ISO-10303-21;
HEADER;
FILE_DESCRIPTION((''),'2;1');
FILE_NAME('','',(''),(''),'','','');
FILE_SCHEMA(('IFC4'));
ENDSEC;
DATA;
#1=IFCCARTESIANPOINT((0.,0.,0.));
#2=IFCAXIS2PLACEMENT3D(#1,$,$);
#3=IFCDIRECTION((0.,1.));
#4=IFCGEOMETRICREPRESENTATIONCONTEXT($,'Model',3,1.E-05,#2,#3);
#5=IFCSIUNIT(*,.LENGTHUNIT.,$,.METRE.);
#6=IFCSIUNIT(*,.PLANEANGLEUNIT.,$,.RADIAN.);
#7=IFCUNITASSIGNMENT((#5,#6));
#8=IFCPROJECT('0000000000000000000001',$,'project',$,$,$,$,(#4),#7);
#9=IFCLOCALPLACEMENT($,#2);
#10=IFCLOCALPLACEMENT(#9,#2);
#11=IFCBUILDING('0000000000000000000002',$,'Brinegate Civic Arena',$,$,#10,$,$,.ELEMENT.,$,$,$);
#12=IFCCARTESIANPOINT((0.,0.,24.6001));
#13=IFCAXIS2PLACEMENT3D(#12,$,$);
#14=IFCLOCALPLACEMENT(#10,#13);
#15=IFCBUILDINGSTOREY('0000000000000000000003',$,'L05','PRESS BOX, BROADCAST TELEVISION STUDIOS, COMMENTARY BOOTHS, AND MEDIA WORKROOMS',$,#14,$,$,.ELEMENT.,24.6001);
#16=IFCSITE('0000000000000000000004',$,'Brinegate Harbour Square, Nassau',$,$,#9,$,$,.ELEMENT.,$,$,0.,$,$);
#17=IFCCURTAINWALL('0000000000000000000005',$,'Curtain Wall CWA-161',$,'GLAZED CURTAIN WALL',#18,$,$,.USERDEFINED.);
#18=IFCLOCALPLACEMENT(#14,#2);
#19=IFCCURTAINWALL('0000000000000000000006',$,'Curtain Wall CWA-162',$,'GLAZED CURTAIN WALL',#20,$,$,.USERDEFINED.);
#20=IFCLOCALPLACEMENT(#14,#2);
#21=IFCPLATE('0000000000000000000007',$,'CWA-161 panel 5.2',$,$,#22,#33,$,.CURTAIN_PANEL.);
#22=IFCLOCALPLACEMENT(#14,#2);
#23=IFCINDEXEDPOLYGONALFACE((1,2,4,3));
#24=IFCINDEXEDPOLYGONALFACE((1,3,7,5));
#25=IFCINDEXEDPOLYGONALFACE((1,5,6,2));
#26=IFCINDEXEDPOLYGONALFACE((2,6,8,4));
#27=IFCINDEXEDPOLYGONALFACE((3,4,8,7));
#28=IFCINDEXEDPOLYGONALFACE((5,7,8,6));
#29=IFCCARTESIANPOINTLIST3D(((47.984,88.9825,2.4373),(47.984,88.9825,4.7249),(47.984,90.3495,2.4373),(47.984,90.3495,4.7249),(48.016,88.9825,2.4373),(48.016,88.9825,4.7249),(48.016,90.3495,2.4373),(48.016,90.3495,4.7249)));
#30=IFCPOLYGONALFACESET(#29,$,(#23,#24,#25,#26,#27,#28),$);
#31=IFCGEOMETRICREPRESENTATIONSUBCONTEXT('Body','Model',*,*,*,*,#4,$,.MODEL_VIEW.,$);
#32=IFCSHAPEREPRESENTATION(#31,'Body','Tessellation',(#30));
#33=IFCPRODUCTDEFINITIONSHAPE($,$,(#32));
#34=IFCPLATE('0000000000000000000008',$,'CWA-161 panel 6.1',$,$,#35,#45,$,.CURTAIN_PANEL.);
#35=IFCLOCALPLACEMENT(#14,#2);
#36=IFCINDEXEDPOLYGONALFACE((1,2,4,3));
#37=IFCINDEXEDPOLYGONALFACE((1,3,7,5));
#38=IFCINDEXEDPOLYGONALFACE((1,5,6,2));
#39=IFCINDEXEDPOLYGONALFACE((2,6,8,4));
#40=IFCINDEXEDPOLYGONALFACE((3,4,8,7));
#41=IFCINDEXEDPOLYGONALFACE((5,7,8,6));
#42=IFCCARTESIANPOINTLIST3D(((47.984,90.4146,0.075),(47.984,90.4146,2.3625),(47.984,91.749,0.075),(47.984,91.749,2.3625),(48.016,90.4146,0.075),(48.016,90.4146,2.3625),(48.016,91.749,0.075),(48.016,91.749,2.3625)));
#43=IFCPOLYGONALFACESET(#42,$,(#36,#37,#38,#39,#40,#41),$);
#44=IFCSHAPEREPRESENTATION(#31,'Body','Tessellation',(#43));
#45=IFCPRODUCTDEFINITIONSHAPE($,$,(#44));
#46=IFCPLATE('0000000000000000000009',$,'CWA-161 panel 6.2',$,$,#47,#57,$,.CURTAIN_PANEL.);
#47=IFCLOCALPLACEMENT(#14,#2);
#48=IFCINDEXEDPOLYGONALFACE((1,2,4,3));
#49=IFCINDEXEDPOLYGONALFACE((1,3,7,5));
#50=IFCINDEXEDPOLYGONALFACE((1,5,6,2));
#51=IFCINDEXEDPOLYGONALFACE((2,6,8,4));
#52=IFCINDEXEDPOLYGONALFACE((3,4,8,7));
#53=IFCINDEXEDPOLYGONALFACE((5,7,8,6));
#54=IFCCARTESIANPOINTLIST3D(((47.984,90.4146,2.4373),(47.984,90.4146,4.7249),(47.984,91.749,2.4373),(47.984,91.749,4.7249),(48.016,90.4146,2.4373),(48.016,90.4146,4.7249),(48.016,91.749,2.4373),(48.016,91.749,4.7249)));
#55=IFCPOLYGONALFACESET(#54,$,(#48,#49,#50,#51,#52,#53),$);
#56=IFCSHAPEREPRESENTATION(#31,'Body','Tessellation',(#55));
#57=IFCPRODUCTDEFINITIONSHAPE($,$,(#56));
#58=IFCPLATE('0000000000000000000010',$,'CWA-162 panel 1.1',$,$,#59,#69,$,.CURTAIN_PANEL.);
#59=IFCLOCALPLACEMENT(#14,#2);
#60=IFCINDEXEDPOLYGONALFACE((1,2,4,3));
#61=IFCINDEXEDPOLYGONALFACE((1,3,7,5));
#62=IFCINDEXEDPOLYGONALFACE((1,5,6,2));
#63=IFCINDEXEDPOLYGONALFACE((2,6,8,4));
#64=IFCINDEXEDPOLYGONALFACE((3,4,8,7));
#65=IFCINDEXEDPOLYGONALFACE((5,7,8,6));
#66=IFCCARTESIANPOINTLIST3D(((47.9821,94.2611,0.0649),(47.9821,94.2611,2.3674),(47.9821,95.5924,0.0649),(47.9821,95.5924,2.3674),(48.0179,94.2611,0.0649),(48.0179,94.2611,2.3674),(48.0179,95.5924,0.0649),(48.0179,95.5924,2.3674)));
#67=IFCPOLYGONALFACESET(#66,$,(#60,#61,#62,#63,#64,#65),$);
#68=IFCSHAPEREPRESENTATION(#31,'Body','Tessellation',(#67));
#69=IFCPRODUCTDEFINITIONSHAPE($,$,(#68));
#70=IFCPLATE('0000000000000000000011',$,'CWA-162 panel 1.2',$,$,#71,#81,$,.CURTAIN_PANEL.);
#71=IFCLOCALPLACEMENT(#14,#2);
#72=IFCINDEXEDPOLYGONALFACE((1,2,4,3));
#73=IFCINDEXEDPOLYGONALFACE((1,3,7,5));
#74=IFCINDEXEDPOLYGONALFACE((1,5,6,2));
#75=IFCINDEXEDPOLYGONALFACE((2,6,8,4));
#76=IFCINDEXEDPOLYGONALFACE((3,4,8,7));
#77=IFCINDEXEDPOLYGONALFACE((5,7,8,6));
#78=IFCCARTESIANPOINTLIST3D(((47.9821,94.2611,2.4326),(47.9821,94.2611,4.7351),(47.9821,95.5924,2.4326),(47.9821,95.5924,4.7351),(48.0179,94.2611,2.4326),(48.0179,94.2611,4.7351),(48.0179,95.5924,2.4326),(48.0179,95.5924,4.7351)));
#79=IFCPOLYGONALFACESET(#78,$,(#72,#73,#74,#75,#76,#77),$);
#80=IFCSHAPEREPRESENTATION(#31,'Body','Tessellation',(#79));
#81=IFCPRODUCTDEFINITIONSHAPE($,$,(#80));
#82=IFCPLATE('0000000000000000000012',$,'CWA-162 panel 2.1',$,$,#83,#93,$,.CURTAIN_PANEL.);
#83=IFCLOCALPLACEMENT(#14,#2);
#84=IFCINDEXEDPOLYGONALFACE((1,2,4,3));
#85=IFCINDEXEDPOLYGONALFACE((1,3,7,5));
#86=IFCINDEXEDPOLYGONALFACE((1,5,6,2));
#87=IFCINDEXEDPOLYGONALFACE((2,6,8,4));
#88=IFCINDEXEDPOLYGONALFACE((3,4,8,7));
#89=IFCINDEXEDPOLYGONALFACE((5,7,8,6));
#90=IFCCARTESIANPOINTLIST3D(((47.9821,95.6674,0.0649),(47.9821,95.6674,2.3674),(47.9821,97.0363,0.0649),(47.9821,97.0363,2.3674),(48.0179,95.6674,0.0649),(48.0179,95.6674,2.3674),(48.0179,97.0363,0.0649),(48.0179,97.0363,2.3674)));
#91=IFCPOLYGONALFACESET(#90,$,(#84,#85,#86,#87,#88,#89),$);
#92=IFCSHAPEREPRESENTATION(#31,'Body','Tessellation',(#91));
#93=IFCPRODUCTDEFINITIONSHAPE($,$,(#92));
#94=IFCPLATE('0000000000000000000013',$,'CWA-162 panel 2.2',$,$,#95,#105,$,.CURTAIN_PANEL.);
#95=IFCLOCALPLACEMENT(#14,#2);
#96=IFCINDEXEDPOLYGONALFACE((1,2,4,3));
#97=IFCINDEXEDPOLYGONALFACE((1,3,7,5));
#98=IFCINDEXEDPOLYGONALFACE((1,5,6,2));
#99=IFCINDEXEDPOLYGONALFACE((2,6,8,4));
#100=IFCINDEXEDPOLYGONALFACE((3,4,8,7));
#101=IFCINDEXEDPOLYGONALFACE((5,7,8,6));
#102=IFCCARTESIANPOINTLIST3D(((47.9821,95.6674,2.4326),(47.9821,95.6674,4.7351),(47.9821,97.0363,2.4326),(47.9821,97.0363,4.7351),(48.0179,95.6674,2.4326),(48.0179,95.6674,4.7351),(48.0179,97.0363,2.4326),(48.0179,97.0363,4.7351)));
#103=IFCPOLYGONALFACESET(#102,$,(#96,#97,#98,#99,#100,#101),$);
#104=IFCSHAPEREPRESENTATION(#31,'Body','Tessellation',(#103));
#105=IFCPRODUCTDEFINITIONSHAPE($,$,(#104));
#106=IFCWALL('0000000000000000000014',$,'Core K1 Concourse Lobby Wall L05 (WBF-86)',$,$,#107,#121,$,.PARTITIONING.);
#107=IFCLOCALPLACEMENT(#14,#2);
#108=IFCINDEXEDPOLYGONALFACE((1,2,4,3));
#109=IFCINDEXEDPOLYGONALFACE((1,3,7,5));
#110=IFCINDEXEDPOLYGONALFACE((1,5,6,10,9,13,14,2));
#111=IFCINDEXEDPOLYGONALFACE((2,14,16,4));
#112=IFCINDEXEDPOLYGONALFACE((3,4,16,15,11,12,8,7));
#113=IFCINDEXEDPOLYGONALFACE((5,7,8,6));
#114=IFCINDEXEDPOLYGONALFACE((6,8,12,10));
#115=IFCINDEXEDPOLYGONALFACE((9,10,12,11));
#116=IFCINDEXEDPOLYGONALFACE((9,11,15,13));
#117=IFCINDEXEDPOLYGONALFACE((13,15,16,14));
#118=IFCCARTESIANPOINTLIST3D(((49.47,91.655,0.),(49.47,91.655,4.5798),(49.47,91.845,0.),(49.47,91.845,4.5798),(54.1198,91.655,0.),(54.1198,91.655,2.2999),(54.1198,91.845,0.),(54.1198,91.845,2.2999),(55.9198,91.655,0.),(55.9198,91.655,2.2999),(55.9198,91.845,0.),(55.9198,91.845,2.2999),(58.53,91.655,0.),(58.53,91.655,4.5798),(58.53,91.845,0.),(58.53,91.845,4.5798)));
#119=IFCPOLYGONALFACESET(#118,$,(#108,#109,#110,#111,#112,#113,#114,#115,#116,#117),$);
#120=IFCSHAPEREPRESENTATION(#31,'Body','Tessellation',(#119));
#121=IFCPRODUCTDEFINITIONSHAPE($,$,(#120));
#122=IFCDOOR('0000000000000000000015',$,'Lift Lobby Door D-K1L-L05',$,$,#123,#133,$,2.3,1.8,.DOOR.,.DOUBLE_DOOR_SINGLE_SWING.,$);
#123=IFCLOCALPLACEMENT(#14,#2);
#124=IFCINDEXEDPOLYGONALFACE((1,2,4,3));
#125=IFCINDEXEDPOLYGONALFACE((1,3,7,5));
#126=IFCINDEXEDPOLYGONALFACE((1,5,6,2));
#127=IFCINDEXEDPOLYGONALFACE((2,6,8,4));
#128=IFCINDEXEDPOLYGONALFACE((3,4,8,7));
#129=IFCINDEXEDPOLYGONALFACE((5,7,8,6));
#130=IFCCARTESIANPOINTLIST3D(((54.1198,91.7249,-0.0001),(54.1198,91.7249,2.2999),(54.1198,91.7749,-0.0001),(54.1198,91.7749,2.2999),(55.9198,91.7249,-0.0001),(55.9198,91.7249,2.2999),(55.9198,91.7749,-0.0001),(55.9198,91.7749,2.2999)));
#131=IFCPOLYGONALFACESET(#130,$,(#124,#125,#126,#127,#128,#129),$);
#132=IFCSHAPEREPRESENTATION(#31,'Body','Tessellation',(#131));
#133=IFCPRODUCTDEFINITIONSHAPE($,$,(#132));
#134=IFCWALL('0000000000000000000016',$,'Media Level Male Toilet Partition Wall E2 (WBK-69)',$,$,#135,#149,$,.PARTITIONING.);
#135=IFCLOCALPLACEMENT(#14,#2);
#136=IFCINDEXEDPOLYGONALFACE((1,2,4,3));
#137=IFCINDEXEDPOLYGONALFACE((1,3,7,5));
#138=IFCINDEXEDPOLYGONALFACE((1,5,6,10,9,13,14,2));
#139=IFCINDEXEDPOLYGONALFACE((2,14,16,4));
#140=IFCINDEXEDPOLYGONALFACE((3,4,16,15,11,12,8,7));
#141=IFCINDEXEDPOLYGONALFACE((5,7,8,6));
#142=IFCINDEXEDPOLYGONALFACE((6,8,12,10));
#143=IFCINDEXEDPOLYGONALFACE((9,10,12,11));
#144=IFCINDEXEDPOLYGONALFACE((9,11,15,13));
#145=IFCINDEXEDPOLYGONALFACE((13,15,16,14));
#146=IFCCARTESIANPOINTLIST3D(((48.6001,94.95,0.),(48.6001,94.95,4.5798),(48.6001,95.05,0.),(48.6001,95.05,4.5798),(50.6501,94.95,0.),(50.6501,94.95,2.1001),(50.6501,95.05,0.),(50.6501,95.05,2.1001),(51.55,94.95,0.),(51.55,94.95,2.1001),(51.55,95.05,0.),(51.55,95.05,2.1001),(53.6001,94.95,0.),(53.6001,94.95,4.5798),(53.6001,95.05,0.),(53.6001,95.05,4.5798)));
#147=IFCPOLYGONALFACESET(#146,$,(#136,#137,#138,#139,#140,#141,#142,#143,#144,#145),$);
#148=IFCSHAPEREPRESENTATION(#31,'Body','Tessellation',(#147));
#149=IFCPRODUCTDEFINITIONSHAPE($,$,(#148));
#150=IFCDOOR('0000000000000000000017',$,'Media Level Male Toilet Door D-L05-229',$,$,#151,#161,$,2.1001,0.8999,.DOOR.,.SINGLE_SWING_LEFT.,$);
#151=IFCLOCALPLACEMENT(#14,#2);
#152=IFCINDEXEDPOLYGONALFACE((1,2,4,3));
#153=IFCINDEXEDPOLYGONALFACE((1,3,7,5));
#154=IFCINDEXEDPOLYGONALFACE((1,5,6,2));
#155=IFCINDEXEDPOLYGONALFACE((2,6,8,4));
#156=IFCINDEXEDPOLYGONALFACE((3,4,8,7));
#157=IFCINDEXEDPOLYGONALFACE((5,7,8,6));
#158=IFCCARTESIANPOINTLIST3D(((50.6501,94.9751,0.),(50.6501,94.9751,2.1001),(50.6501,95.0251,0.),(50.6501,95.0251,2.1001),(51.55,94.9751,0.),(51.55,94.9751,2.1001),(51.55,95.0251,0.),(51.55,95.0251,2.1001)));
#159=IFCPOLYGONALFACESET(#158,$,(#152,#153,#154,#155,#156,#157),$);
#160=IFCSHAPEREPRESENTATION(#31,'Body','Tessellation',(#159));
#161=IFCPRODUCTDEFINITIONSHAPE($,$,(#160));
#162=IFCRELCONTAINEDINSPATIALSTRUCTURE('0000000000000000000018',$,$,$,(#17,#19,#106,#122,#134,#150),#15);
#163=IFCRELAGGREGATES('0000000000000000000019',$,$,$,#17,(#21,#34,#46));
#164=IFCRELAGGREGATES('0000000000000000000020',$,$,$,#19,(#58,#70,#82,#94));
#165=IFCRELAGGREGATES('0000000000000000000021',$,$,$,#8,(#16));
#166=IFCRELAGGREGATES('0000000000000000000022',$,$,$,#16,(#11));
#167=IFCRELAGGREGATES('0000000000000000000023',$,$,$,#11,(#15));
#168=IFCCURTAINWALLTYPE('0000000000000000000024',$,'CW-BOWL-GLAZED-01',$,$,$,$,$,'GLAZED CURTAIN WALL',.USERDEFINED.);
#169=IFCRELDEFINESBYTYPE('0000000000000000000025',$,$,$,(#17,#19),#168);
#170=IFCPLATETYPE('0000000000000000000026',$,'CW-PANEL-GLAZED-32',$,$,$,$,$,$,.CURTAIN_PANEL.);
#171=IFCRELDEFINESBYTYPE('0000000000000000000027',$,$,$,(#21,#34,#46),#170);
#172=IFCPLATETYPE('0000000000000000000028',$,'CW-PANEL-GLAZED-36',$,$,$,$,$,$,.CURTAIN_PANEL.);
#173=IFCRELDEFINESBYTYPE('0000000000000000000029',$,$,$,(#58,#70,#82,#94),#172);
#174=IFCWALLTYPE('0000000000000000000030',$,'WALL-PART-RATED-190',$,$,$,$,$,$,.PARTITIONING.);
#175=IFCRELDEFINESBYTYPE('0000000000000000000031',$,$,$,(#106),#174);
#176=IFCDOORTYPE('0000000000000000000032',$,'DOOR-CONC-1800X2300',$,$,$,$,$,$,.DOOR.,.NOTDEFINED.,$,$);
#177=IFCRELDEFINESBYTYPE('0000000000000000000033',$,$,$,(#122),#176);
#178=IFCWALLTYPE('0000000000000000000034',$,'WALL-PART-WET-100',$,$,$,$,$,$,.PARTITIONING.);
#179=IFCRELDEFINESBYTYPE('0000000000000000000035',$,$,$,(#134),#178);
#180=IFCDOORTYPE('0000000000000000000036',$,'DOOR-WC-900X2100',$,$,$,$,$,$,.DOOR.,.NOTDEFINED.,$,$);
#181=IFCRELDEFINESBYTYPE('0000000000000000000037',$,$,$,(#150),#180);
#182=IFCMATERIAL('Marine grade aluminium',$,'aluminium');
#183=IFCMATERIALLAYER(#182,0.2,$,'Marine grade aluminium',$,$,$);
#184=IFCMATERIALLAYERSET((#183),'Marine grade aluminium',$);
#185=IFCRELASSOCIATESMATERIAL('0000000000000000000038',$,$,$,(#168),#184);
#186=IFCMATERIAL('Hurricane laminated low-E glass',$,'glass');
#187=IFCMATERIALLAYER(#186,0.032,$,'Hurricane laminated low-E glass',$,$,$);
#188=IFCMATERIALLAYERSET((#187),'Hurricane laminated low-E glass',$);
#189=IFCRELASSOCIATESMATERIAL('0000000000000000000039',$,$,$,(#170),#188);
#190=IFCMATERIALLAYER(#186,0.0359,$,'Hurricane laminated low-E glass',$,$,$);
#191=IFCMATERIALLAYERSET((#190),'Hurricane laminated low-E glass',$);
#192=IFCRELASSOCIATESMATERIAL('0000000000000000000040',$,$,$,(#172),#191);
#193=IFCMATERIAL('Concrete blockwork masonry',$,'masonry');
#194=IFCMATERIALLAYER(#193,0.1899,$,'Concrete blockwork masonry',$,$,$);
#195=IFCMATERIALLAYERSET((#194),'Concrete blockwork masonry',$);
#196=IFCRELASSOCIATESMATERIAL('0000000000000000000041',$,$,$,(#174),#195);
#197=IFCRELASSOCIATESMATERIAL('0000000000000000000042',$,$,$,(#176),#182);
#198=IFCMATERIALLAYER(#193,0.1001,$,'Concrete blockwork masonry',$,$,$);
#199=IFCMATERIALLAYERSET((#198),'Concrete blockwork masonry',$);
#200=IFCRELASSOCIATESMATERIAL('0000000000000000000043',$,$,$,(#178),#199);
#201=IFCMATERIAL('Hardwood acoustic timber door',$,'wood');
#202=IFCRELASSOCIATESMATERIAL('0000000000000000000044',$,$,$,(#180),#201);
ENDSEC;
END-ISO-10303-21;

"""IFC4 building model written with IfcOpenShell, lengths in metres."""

from ifc_helpers import new_model, si_unit, direction, frame, frame_2d, origin, origin_2d, place, context, subcontext, project, spatial, rectangle, extrude, material, layer, layer_set, type_object, element, fill, aggregate, save


model = new_model("IFC4")

# Units and contexts
model_context = context("Model", 3, precision=1e-05, world=origin(), true_north=direction((0.0, 1.0)))
body_context = subcontext(model_context, "Body", "Model", "MODEL_VIEW")
ifc_project = project(units=[si_unit("LENGTHUNIT", "METRE"), si_unit("PLANEANGLEUNIT", "RADIAN")], contexts=[model_context])

# Site, building, storey
site_placement = place(None, origin())
site = spatial("IfcSite", under=ifc_project, at=site_placement, Name="Brinegate Harbour Square, Nassau", CompositionType="ELEMENT", RefElevation=0.0)
building_placement = place(site_placement, origin())
building = spatial("IfcBuilding", under=site, at=building_placement, Name="Brinegate Civic Arena", CompositionType="ELEMENT")
storey_placement = place(building_placement, frame((0.0, 0.0, 24.6001)))
storey = spatial("IfcBuildingStorey", under=building, at=storey_placement, Name="L05", Description="PRESS BOX, BROADCAST TELEVISION STUDIOS, COMMENTARY BOOTHS, AND MEDIA WORKROOMS", CompositionType="ELEMENT", Elevation=24.6001)

# Curtain walls
ifc_material_1 = material(Name="Marine grade aluminium", Category="aluminium")
ifc_layer_1 = layer(ifc_material_1, 0.2, Name="Marine grade aluminium")
ifc_layer_set_1 = layer_set([ifc_layer_1], Name="Marine grade aluminium")
curtain_wall_type = type_object("IfcCurtainWallType", Name="CW-BOWL-GLAZED-01", ElementType="GLAZED CURTAIN WALL", PredefinedType="USERDEFINED", material=ifc_layer_set_1)
curtain_wall_1_placement = place(storey_placement, origin())
curtain_wall_1 = element("IfcCurtainWall", 1, at=curtain_wall_1_placement, inside=storey, type_object=curtain_wall_type, Name="Curtain Wall CWA-161", ObjectType="GLAZED CURTAIN WALL", PredefinedType="USERDEFINED")
curtain_wall_2_placement = place(storey_placement, origin())
curtain_wall_2 = element("IfcCurtainWall", 2, at=curtain_wall_2_placement, inside=storey, type_object=curtain_wall_type, Name="Curtain Wall CWA-162", ObjectType="GLAZED CURTAIN WALL", PredefinedType="USERDEFINED")

# Plates
ifc_material_2 = material(Name="Hurricane laminated low-E glass", Category="glass")
ifc_layer_2 = layer(ifc_material_2, 0.032, Name="Hurricane laminated low-E glass")
ifc_layer_set_2 = layer_set([ifc_layer_2], Name="Hurricane laminated low-E glass")
plate_type_1 = type_object("IfcPlateType", Name="CW-PANEL-GLAZED-32", PredefinedType="CURTAIN_PANEL", material=ifc_layer_set_2)
plate_1_placement = place(storey_placement, frame((48.0, 89.666, 2.4373), z_axis=(0.0, 0.0, 1.0), x_axis=(0.0, 1.0, 0.0)))
plate_1 = element("IfcPlate", 3, at=plate_1_placement, type_object=plate_type_1, Name="CWA-161 panel 5.2", PredefinedType="CURTAIN_PANEL", context=body_context, shape_type="SweptSolid", body=[
    extrude(rectangle(XDim=1.3669, YDim=0.032, at=origin_2d()), origin(), (0.0, 0.0, 1.0), 2.2876),
])
plate_2_placement = place(storey_placement, frame((48.0, 91.0818, 0.075), z_axis=(0.0, 0.0, 1.0), x_axis=(0.0, 1.0, 0.0)))
plate_2 = element("IfcPlate", 4, at=plate_2_placement, type_object=plate_type_1, Name="CWA-161 panel 6.1", PredefinedType="CURTAIN_PANEL", context=body_context, shape_type="SweptSolid", body=[
    extrude(rectangle(XDim=1.3345, YDim=0.032, at=origin_2d()), origin(), (0.0, 0.0, 1.0), 2.2876),
])
plate_3_placement = place(storey_placement, frame((48.0, 91.0818, 2.4373), z_axis=(0.0, 0.0, 1.0), x_axis=(0.0, 1.0, 0.0)))
plate_3 = element("IfcPlate", 5, at=plate_3_placement, type_object=plate_type_1, Name="CWA-161 panel 6.2", PredefinedType="CURTAIN_PANEL", context=body_context, shape_type="SweptSolid", body=[
    extrude(rectangle(XDim=1.3345, YDim=0.032, at=origin_2d()), origin(), (0.0, 0.0, 1.0), 2.2876),
])
aggregate(curtain_wall_1, [plate_1, plate_2, plate_3])
ifc_layer_3 = layer(ifc_material_2, 0.0359, Name="Hurricane laminated low-E glass")
ifc_layer_set_3 = layer_set([ifc_layer_3], Name="Hurricane laminated low-E glass")
plate_type_2 = type_object("IfcPlateType", Name="CW-PANEL-GLAZED-36", PredefinedType="CURTAIN_PANEL", material=ifc_layer_set_3)
plate_4_placement = place(storey_placement, frame((48.0, 94.9268, 0.0649), z_axis=(0.0, 0.0, 1.0), x_axis=(0.0, 1.0, 0.0)))
plate_4 = element("IfcPlate", 6, at=plate_4_placement, type_object=plate_type_2, Name="CWA-162 panel 1.1", PredefinedType="CURTAIN_PANEL", context=body_context, shape_type="SweptSolid", body=[
    extrude(rectangle(XDim=1.3313, YDim=0.0359, at=origin_2d()), origin(), (0.0, 0.0, 1.0), 2.3025),
])
plate_5_placement = place(storey_placement, frame((48.0, 94.9268, 2.4326), z_axis=(0.0, 0.0, 1.0), x_axis=(0.0, 1.0, 0.0)))
plate_5 = element("IfcPlate", 7, at=plate_5_placement, type_object=plate_type_2, Name="CWA-162 panel 1.2", PredefinedType="CURTAIN_PANEL", context=body_context, shape_type="SweptSolid", body=[
    extrude(rectangle(XDim=1.3313, YDim=0.0359, at=origin_2d()), origin(), (0.0, 0.0, 1.0), 2.3025),
])
plate_6_placement = place(storey_placement, frame((48.0, 96.3518, 0.0649), z_axis=(0.0, 0.0, 1.0), x_axis=(0.0, 1.0, 0.0)))
plate_6 = element("IfcPlate", 8, at=plate_6_placement, type_object=plate_type_2, Name="CWA-162 panel 2.1", PredefinedType="CURTAIN_PANEL", context=body_context, shape_type="SweptSolid", body=[
    extrude(rectangle(XDim=1.3689, YDim=0.0359, at=origin_2d()), origin(), (0.0, 0.0, 1.0), 2.3025),
])
plate_7_placement = place(storey_placement, frame((48.0, 96.3518, 2.4326), z_axis=(0.0, 0.0, 1.0), x_axis=(0.0, 1.0, 0.0)))
plate_7 = element("IfcPlate", 9, at=plate_7_placement, type_object=plate_type_2, Name="CWA-162 panel 2.2", PredefinedType="CURTAIN_PANEL", context=body_context, shape_type="SweptSolid", body=[
    extrude(rectangle(XDim=1.3689, YDim=0.0359, at=origin_2d()), origin(), (0.0, 0.0, 1.0), 2.3025),
])
aggregate(curtain_wall_2, [plate_4, plate_5, plate_6, plate_7])

# Walls, openings, doors
ifc_material_3 = material(Name="Concrete blockwork masonry", Category="masonry")
ifc_layer_4 = layer(ifc_material_3, 0.1899, Name="Concrete blockwork masonry")
ifc_layer_set_4 = layer_set([ifc_layer_4], Name="Concrete blockwork masonry")
wall_type_1 = type_object("IfcWallType", Name="WALL-PART-RATED-190", PredefinedType="PARTITIONING", material=ifc_layer_set_4)
wall_1_placement = place(storey_placement, frame((49.47, 91.75, 0.0), z_axis=(0.0, 0.0, 1.0), x_axis=(1.0, 0.0, 0.0)))
wall_1 = element("IfcWall", 10, at=wall_1_placement, inside=storey, type_object=wall_type_1, Name="Core K1 Concourse Lobby Wall L05 (WBF-86)", PredefinedType="PARTITIONING", context=body_context, shape_type="SweptSolid", body=[
    extrude(rectangle(XDim=9.0601, YDim=0.1899, at=frame_2d((4.53, 0.0))), origin(), (0.0, 0.0, 1.0), 4.5798),
])
opening_1_placement = place(wall_1_placement, frame((4.6499, 0.0, 0.0)))
opening_1 = element("IfcOpeningElement", 11, at=opening_1_placement, cuts=wall_1, PredefinedType="OPENING", context=body_context, shape_type="SweptSolid", body=[
    extrude(rectangle(XDim=1.8, YDim=2.3, at=frame_2d((0.8999, 1.1499))), frame((0.0, 0.105, 0.0), z_axis=(0.0, -1.0, 0.0), x_axis=(1.0, 0.0, 0.0)), (0.0, 0.0, 1.0), 0.21),
])
door_type_1 = type_object("IfcDoorType", Name="DOOR-CONC-1800X2300", OperationType="NOTDEFINED", PredefinedType="DOOR", material=ifc_material_1)
door_1_placement = place(opening_1_placement, origin())
door_1 = element("IfcDoor", 12, at=door_1_placement, inside=storey, type_object=door_type_1, Name="Lift Lobby Door D-K1L-L05", OperationType="DOUBLE_DOOR_SINGLE_SWING", OverallHeight=2.3, OverallWidth=1.8, PredefinedType="DOOR", context=body_context, shape_type="SweptSolid", body=[
    extrude(rectangle(XDim=1.8, YDim=2.3, at=frame_2d((0.8999, 1.1499))), frame((0.0, 0.0249, 0.0), z_axis=(0.0, -1.0, 0.0), x_axis=(1.0, 0.0, 0.0)), (0.0, 0.0, 1.0), 0.05),
])
fill(opening_1, door_1)
ifc_layer_5 = layer(ifc_material_3, 0.1001, Name="Concrete blockwork masonry")
ifc_layer_set_5 = layer_set([ifc_layer_5], Name="Concrete blockwork masonry")
wall_type_2 = type_object("IfcWallType", Name="WALL-PART-WET-100", PredefinedType="PARTITIONING", material=ifc_layer_set_5)
wall_2_placement = place(storey_placement, frame((53.6001, 95.0, 0.0), z_axis=(0.0, 0.0, 1.0), x_axis=(-1.0, 0.0, 0.0)))
wall_2 = element("IfcWall", 13, at=wall_2_placement, inside=storey, type_object=wall_type_2, Name="Media Level Male Toilet Partition Wall E2 (WBK-69)", PredefinedType="PARTITIONING", context=body_context, shape_type="SweptSolid", body=[
    extrude(rectangle(XDim=5.0, YDim=0.1001, at=frame_2d((2.5, 0.0))), origin(), (0.0, 0.0, 1.0), 4.5798),
])
opening_2_placement = place(wall_2_placement, frame((2.05, 0.0, 0.0)))
opening_2 = element("IfcOpeningElement", 14, at=opening_2_placement, cuts=wall_2, PredefinedType="OPENING", context=body_context, shape_type="SweptSolid", body=[
    extrude(rectangle(XDim=0.8999, YDim=2.1001, at=frame_2d((0.45, 1.05))), frame((0.0, 0.0601, 0.0), z_axis=(0.0, -1.0, 0.0), x_axis=(1.0, 0.0, 0.0)), (0.0, 0.0, 1.0), 0.1201),
])
ifc_material_4 = material(Name="Hardwood acoustic timber door", Category="wood")
door_type_2 = type_object("IfcDoorType", Name="DOOR-WC-900X2100", OperationType="NOTDEFINED", PredefinedType="DOOR", material=ifc_material_4)
door_2_placement = place(opening_2_placement, origin())
door_2 = element("IfcDoor", 15, at=door_2_placement, inside=storey, type_object=door_type_2, Name="Media Level Male Toilet Door D-L05-229", OperationType="SINGLE_SWING_LEFT", OverallHeight=2.1001, OverallWidth=0.8999, PredefinedType="DOOR", context=body_context, shape_type="SweptSolid", body=[
    extrude(rectangle(XDim=0.8999, YDim=2.1001, at=frame_2d((0.45, 1.05))), frame((0.0, 0.0249, 0.0), z_axis=(0.0, -1.0, 0.0), x_axis=(1.0, 0.0, 0.0)), (0.0, 0.0, 1.0), 0.05),
])
fill(opening_2, door_2)

save(model, "model.ifc")
